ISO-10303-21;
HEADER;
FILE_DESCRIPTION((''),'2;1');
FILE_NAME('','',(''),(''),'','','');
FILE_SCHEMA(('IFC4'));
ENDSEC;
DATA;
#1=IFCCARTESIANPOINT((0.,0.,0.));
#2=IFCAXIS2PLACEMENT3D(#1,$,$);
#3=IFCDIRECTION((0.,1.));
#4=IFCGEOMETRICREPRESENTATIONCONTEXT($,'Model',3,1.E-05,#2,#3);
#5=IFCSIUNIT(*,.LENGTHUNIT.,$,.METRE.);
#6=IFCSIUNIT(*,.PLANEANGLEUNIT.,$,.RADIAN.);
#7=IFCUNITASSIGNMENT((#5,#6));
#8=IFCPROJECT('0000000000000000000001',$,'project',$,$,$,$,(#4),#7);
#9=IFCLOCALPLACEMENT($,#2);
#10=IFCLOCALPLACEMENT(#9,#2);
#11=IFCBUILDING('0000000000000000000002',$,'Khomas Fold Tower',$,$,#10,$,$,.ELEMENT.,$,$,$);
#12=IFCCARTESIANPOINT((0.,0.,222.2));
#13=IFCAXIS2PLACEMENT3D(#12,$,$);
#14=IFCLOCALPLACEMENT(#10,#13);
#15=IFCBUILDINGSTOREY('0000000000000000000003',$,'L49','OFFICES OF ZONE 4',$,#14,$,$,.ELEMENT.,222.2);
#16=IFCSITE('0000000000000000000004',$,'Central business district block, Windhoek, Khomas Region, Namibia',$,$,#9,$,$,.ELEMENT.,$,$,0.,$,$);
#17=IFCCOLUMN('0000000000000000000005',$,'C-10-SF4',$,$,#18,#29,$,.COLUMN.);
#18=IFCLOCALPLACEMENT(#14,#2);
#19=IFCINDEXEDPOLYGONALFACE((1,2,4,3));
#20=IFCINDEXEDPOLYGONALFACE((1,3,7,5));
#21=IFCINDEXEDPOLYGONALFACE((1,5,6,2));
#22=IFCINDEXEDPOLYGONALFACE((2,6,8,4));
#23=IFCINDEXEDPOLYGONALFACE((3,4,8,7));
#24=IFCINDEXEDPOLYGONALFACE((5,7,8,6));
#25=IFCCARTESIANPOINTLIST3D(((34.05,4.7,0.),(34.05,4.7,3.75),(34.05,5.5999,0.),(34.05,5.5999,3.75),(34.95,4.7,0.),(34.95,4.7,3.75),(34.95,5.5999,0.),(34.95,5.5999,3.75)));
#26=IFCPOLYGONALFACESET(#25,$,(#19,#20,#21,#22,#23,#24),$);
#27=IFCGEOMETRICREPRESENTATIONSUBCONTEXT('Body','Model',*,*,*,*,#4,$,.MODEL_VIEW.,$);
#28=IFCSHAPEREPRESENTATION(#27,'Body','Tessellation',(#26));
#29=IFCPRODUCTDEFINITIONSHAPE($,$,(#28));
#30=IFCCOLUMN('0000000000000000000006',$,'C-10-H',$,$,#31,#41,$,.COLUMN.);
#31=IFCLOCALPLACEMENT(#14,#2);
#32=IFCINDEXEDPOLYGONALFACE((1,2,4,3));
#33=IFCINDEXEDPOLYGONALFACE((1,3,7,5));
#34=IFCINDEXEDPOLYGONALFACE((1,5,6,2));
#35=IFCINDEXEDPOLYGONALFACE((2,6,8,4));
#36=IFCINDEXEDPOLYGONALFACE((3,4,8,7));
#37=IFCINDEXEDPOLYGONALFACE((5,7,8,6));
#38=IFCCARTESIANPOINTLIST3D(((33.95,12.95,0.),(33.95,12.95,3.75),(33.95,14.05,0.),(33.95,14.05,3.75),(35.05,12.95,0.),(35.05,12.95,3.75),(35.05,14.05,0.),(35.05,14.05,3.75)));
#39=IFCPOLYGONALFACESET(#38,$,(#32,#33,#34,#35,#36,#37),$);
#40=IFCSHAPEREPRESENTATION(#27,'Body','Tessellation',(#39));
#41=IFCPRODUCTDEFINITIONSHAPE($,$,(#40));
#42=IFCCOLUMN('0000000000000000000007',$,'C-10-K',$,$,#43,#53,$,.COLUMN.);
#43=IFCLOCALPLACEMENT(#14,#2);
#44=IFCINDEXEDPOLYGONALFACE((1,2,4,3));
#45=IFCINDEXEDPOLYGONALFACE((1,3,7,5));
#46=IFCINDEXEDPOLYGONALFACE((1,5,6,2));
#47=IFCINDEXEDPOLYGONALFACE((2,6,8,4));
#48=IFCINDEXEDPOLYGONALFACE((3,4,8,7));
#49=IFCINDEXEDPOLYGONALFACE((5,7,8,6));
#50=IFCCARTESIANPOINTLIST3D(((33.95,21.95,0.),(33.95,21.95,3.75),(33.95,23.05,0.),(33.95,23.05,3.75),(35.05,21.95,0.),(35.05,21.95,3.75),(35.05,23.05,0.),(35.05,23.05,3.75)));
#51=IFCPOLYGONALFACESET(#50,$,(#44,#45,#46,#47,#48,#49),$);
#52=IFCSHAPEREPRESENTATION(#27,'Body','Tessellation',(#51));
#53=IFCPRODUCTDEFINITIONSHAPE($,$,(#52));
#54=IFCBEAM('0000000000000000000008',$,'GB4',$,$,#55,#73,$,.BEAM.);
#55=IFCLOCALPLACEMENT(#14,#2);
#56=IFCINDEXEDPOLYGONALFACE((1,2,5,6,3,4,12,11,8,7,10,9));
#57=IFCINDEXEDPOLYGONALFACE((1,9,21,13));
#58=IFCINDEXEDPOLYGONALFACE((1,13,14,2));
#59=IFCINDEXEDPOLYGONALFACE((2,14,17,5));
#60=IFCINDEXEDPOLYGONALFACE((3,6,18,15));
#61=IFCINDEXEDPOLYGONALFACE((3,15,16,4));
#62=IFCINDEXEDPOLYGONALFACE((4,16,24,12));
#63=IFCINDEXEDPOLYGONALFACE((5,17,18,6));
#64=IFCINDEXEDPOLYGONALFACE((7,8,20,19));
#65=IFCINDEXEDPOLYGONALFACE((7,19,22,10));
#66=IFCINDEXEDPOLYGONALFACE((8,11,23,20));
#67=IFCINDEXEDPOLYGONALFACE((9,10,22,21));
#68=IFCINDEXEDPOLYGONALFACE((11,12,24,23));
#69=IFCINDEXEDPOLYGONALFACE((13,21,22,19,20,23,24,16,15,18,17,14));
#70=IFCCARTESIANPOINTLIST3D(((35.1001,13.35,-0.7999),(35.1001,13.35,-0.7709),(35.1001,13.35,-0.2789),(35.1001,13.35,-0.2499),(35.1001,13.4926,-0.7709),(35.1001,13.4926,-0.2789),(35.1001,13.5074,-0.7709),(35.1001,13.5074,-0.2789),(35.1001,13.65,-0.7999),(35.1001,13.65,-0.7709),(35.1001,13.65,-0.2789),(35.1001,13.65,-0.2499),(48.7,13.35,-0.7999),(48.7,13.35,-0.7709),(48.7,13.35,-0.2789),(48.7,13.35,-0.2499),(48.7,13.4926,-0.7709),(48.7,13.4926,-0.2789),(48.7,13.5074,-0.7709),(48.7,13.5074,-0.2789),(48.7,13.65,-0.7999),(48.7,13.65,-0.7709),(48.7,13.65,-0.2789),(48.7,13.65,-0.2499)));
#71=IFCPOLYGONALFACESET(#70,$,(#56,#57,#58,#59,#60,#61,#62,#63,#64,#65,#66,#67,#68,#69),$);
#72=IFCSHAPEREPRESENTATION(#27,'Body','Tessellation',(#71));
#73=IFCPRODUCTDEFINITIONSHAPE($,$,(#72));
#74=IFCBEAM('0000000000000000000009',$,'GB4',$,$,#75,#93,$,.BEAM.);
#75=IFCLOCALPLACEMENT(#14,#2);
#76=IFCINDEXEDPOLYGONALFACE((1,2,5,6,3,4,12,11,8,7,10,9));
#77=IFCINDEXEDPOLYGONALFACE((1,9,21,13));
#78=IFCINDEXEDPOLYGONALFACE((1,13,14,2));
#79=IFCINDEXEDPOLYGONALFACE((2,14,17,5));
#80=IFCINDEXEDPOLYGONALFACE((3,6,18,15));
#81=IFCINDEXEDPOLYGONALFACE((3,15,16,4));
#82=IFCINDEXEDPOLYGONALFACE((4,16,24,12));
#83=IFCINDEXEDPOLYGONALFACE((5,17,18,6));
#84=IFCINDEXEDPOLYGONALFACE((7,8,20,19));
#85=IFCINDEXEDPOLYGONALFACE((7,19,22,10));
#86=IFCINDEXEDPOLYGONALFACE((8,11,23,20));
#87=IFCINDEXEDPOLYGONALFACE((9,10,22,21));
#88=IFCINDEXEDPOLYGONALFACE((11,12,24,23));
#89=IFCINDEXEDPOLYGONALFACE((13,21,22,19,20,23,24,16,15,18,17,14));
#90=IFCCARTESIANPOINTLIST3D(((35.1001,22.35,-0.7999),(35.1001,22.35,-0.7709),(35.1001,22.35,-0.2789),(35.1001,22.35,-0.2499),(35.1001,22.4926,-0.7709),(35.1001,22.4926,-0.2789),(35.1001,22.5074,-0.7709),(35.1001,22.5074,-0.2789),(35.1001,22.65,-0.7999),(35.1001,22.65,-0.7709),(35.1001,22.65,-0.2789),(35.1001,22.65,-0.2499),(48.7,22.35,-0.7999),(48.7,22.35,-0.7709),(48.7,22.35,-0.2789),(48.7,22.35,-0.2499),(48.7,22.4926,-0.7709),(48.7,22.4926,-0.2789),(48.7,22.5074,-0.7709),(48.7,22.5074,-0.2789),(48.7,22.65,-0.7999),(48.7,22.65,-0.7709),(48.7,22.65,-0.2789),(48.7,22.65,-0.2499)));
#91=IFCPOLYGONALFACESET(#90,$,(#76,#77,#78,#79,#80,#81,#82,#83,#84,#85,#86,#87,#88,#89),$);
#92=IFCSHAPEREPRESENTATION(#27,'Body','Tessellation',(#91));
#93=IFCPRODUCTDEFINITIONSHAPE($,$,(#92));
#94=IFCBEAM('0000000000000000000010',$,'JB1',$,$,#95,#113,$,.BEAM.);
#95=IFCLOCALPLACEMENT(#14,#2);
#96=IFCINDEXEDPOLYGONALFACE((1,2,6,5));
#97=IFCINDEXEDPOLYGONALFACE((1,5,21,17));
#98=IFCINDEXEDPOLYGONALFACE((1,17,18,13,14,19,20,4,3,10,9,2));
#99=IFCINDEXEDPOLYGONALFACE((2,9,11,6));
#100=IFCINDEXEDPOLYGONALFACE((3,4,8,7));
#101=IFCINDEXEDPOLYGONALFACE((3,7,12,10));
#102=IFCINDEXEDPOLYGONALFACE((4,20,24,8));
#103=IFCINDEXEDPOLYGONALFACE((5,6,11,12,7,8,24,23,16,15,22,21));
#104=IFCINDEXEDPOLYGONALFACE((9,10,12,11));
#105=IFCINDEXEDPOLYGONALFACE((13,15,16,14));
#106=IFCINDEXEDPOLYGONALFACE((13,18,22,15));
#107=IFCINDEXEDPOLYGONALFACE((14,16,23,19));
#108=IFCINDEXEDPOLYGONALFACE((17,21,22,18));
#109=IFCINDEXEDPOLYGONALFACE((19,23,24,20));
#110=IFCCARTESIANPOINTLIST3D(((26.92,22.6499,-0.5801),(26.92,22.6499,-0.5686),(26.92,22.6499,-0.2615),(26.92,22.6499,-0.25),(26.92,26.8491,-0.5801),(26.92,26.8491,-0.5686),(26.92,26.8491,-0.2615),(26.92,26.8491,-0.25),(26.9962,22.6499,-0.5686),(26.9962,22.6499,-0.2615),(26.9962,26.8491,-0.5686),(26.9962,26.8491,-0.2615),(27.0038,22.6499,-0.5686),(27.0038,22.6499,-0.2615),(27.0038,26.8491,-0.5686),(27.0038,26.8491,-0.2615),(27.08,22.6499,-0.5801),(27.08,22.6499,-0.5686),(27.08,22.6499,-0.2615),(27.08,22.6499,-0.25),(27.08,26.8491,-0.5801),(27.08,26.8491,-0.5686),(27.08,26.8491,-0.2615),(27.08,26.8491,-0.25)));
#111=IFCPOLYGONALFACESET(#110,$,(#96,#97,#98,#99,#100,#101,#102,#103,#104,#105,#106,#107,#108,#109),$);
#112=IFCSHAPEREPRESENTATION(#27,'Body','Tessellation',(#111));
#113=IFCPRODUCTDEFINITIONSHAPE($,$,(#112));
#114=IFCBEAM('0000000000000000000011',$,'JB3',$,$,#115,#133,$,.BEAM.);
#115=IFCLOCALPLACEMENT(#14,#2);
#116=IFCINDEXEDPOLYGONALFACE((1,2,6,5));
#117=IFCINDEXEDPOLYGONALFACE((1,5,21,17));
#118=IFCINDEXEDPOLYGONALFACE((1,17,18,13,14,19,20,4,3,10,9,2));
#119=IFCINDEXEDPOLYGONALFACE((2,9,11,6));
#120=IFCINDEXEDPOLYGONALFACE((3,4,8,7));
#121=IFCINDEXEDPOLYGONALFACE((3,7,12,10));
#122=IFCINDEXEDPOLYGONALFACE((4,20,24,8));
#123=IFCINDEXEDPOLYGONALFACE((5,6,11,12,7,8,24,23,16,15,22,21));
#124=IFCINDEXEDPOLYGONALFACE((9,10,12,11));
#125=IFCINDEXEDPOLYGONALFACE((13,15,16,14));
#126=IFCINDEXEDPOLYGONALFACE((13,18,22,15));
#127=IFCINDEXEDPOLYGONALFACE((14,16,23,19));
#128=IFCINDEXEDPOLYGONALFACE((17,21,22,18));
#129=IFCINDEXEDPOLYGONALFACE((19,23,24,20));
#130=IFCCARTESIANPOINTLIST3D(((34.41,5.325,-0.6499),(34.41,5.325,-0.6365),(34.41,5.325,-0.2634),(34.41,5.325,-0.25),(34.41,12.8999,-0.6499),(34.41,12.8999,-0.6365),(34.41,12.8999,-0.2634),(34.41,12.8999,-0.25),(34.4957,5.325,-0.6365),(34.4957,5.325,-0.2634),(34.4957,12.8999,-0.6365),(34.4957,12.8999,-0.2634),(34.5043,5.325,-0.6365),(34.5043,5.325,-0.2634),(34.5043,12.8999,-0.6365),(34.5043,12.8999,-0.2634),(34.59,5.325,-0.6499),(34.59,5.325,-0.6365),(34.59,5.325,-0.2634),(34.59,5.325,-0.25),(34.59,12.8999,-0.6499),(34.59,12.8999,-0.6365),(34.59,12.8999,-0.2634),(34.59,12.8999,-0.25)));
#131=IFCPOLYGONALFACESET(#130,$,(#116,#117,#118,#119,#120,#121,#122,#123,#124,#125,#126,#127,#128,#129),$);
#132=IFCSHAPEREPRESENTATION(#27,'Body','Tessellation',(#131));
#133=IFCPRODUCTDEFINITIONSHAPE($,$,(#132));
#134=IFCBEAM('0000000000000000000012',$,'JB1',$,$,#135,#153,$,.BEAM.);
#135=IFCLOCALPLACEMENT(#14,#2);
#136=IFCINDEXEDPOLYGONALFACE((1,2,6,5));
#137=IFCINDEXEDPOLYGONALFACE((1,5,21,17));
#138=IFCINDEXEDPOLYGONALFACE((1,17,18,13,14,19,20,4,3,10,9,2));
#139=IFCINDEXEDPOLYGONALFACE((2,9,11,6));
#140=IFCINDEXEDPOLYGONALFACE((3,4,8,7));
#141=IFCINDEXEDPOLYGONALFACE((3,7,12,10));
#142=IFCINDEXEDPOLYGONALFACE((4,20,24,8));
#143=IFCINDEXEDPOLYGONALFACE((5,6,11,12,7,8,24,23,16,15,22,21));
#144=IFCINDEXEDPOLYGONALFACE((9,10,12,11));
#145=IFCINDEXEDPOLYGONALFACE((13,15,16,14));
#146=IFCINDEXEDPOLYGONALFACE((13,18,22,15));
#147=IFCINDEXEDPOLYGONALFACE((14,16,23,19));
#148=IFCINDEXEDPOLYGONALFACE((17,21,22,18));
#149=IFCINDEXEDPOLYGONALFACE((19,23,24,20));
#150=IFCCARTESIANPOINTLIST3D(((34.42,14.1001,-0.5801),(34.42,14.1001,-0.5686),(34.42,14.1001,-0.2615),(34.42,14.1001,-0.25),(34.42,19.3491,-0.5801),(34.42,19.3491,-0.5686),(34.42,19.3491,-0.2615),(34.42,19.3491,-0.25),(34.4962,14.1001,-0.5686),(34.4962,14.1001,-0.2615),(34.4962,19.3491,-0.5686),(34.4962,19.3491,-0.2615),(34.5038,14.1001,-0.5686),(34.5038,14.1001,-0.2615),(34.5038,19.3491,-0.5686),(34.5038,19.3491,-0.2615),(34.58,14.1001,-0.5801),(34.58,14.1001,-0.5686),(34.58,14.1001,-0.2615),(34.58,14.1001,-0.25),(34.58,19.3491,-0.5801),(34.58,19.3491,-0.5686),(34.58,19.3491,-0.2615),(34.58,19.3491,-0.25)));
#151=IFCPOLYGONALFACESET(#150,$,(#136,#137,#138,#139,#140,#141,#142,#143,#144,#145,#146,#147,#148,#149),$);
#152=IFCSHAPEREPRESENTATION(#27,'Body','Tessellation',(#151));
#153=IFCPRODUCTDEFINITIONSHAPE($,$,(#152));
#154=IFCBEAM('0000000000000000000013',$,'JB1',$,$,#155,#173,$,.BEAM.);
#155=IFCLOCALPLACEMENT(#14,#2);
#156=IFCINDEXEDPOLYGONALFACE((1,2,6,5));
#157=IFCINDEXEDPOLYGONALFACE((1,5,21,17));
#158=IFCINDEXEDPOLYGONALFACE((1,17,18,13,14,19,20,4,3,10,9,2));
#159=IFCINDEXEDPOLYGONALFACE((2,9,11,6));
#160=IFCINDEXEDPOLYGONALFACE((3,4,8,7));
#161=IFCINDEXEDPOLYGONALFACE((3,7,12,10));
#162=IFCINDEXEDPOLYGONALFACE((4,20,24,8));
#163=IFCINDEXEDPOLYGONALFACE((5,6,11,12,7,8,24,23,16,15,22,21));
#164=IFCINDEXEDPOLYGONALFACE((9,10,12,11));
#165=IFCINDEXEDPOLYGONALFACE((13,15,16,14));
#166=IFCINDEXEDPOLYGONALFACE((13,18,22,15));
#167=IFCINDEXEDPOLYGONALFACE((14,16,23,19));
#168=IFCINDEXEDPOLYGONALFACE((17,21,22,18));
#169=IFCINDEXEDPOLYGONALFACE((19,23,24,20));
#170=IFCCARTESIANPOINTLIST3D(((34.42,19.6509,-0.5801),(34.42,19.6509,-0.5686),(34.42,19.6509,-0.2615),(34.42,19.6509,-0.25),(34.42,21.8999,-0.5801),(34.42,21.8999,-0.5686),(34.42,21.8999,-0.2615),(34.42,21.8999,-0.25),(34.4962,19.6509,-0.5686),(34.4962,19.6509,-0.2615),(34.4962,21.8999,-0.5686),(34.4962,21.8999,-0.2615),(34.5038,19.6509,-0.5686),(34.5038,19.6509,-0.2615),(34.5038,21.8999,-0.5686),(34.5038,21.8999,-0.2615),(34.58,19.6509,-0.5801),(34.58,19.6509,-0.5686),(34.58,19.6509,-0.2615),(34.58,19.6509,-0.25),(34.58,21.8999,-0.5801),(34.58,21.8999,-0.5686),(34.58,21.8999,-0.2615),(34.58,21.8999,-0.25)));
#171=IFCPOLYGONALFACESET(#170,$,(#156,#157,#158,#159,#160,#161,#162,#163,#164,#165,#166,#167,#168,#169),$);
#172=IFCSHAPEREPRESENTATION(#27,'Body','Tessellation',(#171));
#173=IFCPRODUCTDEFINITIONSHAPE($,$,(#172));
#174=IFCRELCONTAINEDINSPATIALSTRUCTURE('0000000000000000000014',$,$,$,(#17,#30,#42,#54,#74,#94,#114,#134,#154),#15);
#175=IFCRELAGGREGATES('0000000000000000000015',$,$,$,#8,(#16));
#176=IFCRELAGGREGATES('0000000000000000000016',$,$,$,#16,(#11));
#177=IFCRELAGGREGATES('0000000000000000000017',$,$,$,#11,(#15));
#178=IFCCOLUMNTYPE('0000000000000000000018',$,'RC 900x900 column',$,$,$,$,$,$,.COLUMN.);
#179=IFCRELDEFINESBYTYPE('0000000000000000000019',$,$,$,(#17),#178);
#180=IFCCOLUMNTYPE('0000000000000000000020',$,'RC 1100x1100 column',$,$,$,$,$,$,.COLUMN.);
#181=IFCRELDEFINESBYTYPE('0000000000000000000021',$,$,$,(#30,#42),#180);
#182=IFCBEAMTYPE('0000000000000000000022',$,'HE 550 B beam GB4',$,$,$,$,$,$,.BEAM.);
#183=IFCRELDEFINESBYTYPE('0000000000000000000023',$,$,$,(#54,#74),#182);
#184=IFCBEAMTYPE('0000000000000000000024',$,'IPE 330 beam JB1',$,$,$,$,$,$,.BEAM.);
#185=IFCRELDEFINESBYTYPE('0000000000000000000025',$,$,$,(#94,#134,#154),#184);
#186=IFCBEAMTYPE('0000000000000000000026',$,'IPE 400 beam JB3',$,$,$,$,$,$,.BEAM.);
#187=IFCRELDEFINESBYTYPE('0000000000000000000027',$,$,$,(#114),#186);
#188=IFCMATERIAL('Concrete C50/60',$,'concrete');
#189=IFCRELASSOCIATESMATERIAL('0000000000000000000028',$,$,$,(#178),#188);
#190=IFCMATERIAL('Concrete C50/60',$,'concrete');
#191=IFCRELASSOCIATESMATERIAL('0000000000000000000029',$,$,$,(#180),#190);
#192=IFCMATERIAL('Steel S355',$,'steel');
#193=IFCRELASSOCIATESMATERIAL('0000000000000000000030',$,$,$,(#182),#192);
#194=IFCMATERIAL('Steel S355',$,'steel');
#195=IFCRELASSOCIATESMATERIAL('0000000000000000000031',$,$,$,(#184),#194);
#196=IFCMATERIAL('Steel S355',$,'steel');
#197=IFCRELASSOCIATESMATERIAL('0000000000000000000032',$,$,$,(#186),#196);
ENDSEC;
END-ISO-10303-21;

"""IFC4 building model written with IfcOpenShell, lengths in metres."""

from ifc_helpers import new_model, si_unit, direction, frame, origin, origin_2d, place, context, subcontext, project, spatial, rectangle, i_section, extrude, source, transform, mapped, material, material_profile, profile_set, type_object, element, save


model = new_model("IFC4")

# Units and contexts
model_context = context("Model", 3, precision=1e-05, world=origin(), true_north=direction((0.0, 1.0)))
body_context = subcontext(model_context, "Body", "Model", "MODEL_VIEW")
ifc_project = project(units=[si_unit("LENGTHUNIT", "METRE"), si_unit("PLANEANGLEUNIT", "RADIAN")], contexts=[model_context])

# Site, building, storey
site_placement = place(None, origin())
site = spatial("IfcSite", under=ifc_project, at=site_placement, Name="Central business district block, Windhoek, Khomas Region, Namibia", CompositionType="ELEMENT", RefElevation=0.0)
building_placement = place(site_placement, origin())
building = spatial("IfcBuilding", under=site, at=building_placement, Name="Khomas Fold Tower", CompositionType="ELEMENT")
storey_placement = place(building_placement, frame((0.0, 0.0, 222.2)))
storey = spatial("IfcBuildingStorey", under=building, at=storey_placement, Name="L49", Description="OFFICES OF ZONE 4", CompositionType="ELEMENT", Elevation=222.2)

# Columns
ifc_material_1 = material(Name="Concrete C50/60", Category="concrete")
ifc_material_profile_1 = material_profile(ifc_material_1, rectangle(XDim=0.8999, YDim=0.8999, at=origin_2d()), Name="RC 900x900")
ifc_profile_set_1 = profile_set([ifc_material_profile_1], Name="Concrete C50/60")
column_type_1 = type_object("IfcColumnType", Name="RC 900x900 column", PredefinedType="COLUMN", material=ifc_profile_set_1)
shared_shape_1 = source(origin(), body_context, "Body", "SweptSolid", [
    extrude(rectangle(XDim=0.8999, YDim=0.8999, at=origin_2d()), origin(), (0.0, 0.0, 1.0), 3.75),
])
column_placement = place(storey_placement, frame((34.5, 5.1499, 0.0), z_axis=(0.0, 0.0, 1.0), x_axis=(1.0, 0.0, 0.0)))
element("IfcColumn", 1, at=column_placement, inside=storey, type_object=column_type_1, Name="C-10-SF4", PredefinedType="COLUMN", context=body_context, shape_type="MappedRepresentation", body=[
    mapped(shared_shape_1, transform((0.0, 0.0, 0.0))),
])
ifc_material_2 = material(Name="Concrete C50/60", Category="concrete")
ifc_material_profile_2 = material_profile(ifc_material_2, rectangle(XDim=1.1001, YDim=1.1001, at=origin_2d()), Name="RC 1100x1100")
ifc_profile_set_2 = profile_set([ifc_material_profile_2], Name="Concrete C50/60")
column_type_2 = type_object("IfcColumnType", Name="RC 1100x1100 column", PredefinedType="COLUMN", material=ifc_profile_set_2)
shared_shape_2 = source(origin(), body_context, "Body", "SweptSolid", [
    extrude(rectangle(XDim=1.1001, YDim=1.1001, at=origin_2d()), origin(), (0.0, 0.0, 1.0), 3.75),
])
for number, where, z_axis, x_axis, name in (
    (2, (34.5, 13.5, 0.0), (0.0, 0.0, 1.0), (1.0, 0.0, 0.0), "C-10-H"),
    (3, (34.5, 22.5, 0.0), (0.0, 0.0, 1.0), (1.0, 0.0, 0.0), "C-10-K"),
):
    element("IfcColumn", number, at=place(storey_placement, frame(where, z_axis=z_axis, x_axis=x_axis)), inside=storey, type_object=column_type_2, Name=name, PredefinedType="COLUMN", context=body_context, shape_type="MappedRepresentation", body=[
        mapped(shared_shape_2, transform((0.0, 0.0, 0.0))),
    ])

# Beams
ifc_material_3 = material(Name="Steel S355", Category="steel")
ifc_material_profile_3 = material_profile(ifc_material_3, i_section(OverallWidth=0.3, OverallDepth=0.55, WebThickness=0.0149, FlangeThickness=0.0291, at=origin_2d()), Name="HE 550 B")
ifc_profile_set_3 = profile_set([ifc_material_profile_3], Name="Steel S355")
beam_type_1 = type_object("IfcBeamType", Name="HE 550 B beam GB4", PredefinedType="BEAM", material=ifc_profile_set_3)
shared_shape_3 = source(origin(), body_context, "Body", "SweptSolid", [
    extrude(i_section(OverallWidth=0.3, OverallDepth=0.55, WebThickness=0.0149, FlangeThickness=0.0291, at=origin_2d()), origin(), (0.0, 0.0, 1.0), 13.5999),
])
for number, where, z_axis, x_axis, name in (
    (4, (35.1001, 13.5, -0.5249), (1.0, 0.0, 0.0), (0.0, 1.0, 0.0), "GB4"),
    (5, (35.1001, 22.5, -0.5249), (1.0, 0.0, 0.0), (0.0, 1.0, 0.0), "GB4"),
):
    element("IfcBeam", number, at=place(storey_placement, frame(where, z_axis=z_axis, x_axis=x_axis)), inside=storey, type_object=beam_type_1, Name=name, PredefinedType="BEAM", context=body_context, shape_type="MappedRepresentation", body=[
        mapped(shared_shape_3, transform((0.0, 0.0, 0.0))),
    ])
ifc_material_4 = material(Name="Steel S355", Category="steel")
ifc_material_profile_4 = material_profile(ifc_material_4, i_section(OverallWidth=0.1599, OverallDepth=0.3301, WebThickness=0.0076, FlangeThickness=0.0115, at=origin_2d()), Name="IPE 330")
ifc_profile_set_4 = profile_set([ifc_material_profile_4], Name="Steel S355")
beam_type_2 = type_object("IfcBeamType", Name="IPE 330 beam JB1", PredefinedType="BEAM", material=ifc_profile_set_4)
shared_shape_4 = source(origin(), body_context, "Body", "SweptSolid", [
    extrude(i_section(OverallWidth=0.1599, OverallDepth=0.3301, WebThickness=0.0076, FlangeThickness=0.0115, at=origin_2d()), origin(), (0.0, 0.0, 1.0), 4.1992),
])
beam_1_placement = place(storey_placement, frame((27.0, 22.6499, -0.415), z_axis=(0.0, 1.0, 0.0), x_axis=(-1.0, 0.0, 0.0)))
element("IfcBeam", 6, at=beam_1_placement, inside=storey, type_object=beam_type_2, Name="JB1", PredefinedType="BEAM", context=body_context, shape_type="MappedRepresentation", body=[
    mapped(shared_shape_4, transform((0.0, 0.0, 0.0))),
])
ifc_material_5 = material(Name="Steel S355", Category="steel")
ifc_material_profile_5 = material_profile(ifc_material_5, i_section(OverallWidth=0.1799, OverallDepth=0.3999, WebThickness=0.0085, FlangeThickness=0.0134, at=origin_2d()), Name="IPE 400")
ifc_profile_set_5 = profile_set([ifc_material_profile_5], Name="Steel S355")
beam_type_3 = type_object("IfcBeamType", Name="IPE 400 beam JB3", PredefinedType="BEAM", material=ifc_profile_set_5)
shared_shape_5 = source(origin(), body_context, "Body", "SweptSolid", [
    extrude(i_section(OverallWidth=0.1799, OverallDepth=0.3999, WebThickness=0.0085, FlangeThickness=0.0134, at=origin_2d()), origin(), (0.0, 0.0, 1.0), 7.575),
])
beam_2_placement = place(storey_placement, frame((34.5, 5.325, -0.45), z_axis=(0.0, 1.0, 0.0), x_axis=(-1.0, 0.0, 0.0)))
element("IfcBeam", 7, at=beam_2_placement, inside=storey, type_object=beam_type_3, Name="JB3", PredefinedType="BEAM", context=body_context, shape_type="MappedRepresentation", body=[
    mapped(shared_shape_5, transform((0.0, 0.0, 0.0))),
])
shared_shape_6 = source(origin(), body_context, "Body", "SweptSolid", [
    extrude(i_section(OverallWidth=0.1599, OverallDepth=0.3301, WebThickness=0.0076, FlangeThickness=0.0115, at=origin_2d()), origin(), (0.0, 0.0, 1.0), 5.249),
])
beam_3_placement = place(storey_placement, frame((34.5, 14.1001, -0.415), z_axis=(0.0, 1.0, 0.0), x_axis=(-1.0, 0.0, 0.0)))
element("IfcBeam", 8, at=beam_3_placement, inside=storey, type_object=beam_type_2, Name="JB1", PredefinedType="BEAM", context=body_context, shape_type="MappedRepresentation", body=[
    mapped(shared_shape_6, transform((0.0, 0.0, 0.0))),
])
shared_shape_7 = source(origin(), body_context, "Body", "SweptSolid", [
    extrude(i_section(OverallWidth=0.1599, OverallDepth=0.3301, WebThickness=0.0076, FlangeThickness=0.0115, at=origin_2d()), origin(), (0.0, 0.0, 1.0), 2.249),
])
beam_4_placement = place(storey_placement, frame((34.5, 19.6509, -0.415), z_axis=(0.0, 1.0, 0.0), x_axis=(-1.0, 0.0, 0.0)))
element("IfcBeam", 9, at=beam_4_placement, inside=storey, type_object=beam_type_2, Name="JB1", PredefinedType="BEAM", context=body_context, shape_type="MappedRepresentation", body=[
    mapped(shared_shape_7, transform((0.0, 0.0, 0.0))),
])

save(model, "model.ifc")
